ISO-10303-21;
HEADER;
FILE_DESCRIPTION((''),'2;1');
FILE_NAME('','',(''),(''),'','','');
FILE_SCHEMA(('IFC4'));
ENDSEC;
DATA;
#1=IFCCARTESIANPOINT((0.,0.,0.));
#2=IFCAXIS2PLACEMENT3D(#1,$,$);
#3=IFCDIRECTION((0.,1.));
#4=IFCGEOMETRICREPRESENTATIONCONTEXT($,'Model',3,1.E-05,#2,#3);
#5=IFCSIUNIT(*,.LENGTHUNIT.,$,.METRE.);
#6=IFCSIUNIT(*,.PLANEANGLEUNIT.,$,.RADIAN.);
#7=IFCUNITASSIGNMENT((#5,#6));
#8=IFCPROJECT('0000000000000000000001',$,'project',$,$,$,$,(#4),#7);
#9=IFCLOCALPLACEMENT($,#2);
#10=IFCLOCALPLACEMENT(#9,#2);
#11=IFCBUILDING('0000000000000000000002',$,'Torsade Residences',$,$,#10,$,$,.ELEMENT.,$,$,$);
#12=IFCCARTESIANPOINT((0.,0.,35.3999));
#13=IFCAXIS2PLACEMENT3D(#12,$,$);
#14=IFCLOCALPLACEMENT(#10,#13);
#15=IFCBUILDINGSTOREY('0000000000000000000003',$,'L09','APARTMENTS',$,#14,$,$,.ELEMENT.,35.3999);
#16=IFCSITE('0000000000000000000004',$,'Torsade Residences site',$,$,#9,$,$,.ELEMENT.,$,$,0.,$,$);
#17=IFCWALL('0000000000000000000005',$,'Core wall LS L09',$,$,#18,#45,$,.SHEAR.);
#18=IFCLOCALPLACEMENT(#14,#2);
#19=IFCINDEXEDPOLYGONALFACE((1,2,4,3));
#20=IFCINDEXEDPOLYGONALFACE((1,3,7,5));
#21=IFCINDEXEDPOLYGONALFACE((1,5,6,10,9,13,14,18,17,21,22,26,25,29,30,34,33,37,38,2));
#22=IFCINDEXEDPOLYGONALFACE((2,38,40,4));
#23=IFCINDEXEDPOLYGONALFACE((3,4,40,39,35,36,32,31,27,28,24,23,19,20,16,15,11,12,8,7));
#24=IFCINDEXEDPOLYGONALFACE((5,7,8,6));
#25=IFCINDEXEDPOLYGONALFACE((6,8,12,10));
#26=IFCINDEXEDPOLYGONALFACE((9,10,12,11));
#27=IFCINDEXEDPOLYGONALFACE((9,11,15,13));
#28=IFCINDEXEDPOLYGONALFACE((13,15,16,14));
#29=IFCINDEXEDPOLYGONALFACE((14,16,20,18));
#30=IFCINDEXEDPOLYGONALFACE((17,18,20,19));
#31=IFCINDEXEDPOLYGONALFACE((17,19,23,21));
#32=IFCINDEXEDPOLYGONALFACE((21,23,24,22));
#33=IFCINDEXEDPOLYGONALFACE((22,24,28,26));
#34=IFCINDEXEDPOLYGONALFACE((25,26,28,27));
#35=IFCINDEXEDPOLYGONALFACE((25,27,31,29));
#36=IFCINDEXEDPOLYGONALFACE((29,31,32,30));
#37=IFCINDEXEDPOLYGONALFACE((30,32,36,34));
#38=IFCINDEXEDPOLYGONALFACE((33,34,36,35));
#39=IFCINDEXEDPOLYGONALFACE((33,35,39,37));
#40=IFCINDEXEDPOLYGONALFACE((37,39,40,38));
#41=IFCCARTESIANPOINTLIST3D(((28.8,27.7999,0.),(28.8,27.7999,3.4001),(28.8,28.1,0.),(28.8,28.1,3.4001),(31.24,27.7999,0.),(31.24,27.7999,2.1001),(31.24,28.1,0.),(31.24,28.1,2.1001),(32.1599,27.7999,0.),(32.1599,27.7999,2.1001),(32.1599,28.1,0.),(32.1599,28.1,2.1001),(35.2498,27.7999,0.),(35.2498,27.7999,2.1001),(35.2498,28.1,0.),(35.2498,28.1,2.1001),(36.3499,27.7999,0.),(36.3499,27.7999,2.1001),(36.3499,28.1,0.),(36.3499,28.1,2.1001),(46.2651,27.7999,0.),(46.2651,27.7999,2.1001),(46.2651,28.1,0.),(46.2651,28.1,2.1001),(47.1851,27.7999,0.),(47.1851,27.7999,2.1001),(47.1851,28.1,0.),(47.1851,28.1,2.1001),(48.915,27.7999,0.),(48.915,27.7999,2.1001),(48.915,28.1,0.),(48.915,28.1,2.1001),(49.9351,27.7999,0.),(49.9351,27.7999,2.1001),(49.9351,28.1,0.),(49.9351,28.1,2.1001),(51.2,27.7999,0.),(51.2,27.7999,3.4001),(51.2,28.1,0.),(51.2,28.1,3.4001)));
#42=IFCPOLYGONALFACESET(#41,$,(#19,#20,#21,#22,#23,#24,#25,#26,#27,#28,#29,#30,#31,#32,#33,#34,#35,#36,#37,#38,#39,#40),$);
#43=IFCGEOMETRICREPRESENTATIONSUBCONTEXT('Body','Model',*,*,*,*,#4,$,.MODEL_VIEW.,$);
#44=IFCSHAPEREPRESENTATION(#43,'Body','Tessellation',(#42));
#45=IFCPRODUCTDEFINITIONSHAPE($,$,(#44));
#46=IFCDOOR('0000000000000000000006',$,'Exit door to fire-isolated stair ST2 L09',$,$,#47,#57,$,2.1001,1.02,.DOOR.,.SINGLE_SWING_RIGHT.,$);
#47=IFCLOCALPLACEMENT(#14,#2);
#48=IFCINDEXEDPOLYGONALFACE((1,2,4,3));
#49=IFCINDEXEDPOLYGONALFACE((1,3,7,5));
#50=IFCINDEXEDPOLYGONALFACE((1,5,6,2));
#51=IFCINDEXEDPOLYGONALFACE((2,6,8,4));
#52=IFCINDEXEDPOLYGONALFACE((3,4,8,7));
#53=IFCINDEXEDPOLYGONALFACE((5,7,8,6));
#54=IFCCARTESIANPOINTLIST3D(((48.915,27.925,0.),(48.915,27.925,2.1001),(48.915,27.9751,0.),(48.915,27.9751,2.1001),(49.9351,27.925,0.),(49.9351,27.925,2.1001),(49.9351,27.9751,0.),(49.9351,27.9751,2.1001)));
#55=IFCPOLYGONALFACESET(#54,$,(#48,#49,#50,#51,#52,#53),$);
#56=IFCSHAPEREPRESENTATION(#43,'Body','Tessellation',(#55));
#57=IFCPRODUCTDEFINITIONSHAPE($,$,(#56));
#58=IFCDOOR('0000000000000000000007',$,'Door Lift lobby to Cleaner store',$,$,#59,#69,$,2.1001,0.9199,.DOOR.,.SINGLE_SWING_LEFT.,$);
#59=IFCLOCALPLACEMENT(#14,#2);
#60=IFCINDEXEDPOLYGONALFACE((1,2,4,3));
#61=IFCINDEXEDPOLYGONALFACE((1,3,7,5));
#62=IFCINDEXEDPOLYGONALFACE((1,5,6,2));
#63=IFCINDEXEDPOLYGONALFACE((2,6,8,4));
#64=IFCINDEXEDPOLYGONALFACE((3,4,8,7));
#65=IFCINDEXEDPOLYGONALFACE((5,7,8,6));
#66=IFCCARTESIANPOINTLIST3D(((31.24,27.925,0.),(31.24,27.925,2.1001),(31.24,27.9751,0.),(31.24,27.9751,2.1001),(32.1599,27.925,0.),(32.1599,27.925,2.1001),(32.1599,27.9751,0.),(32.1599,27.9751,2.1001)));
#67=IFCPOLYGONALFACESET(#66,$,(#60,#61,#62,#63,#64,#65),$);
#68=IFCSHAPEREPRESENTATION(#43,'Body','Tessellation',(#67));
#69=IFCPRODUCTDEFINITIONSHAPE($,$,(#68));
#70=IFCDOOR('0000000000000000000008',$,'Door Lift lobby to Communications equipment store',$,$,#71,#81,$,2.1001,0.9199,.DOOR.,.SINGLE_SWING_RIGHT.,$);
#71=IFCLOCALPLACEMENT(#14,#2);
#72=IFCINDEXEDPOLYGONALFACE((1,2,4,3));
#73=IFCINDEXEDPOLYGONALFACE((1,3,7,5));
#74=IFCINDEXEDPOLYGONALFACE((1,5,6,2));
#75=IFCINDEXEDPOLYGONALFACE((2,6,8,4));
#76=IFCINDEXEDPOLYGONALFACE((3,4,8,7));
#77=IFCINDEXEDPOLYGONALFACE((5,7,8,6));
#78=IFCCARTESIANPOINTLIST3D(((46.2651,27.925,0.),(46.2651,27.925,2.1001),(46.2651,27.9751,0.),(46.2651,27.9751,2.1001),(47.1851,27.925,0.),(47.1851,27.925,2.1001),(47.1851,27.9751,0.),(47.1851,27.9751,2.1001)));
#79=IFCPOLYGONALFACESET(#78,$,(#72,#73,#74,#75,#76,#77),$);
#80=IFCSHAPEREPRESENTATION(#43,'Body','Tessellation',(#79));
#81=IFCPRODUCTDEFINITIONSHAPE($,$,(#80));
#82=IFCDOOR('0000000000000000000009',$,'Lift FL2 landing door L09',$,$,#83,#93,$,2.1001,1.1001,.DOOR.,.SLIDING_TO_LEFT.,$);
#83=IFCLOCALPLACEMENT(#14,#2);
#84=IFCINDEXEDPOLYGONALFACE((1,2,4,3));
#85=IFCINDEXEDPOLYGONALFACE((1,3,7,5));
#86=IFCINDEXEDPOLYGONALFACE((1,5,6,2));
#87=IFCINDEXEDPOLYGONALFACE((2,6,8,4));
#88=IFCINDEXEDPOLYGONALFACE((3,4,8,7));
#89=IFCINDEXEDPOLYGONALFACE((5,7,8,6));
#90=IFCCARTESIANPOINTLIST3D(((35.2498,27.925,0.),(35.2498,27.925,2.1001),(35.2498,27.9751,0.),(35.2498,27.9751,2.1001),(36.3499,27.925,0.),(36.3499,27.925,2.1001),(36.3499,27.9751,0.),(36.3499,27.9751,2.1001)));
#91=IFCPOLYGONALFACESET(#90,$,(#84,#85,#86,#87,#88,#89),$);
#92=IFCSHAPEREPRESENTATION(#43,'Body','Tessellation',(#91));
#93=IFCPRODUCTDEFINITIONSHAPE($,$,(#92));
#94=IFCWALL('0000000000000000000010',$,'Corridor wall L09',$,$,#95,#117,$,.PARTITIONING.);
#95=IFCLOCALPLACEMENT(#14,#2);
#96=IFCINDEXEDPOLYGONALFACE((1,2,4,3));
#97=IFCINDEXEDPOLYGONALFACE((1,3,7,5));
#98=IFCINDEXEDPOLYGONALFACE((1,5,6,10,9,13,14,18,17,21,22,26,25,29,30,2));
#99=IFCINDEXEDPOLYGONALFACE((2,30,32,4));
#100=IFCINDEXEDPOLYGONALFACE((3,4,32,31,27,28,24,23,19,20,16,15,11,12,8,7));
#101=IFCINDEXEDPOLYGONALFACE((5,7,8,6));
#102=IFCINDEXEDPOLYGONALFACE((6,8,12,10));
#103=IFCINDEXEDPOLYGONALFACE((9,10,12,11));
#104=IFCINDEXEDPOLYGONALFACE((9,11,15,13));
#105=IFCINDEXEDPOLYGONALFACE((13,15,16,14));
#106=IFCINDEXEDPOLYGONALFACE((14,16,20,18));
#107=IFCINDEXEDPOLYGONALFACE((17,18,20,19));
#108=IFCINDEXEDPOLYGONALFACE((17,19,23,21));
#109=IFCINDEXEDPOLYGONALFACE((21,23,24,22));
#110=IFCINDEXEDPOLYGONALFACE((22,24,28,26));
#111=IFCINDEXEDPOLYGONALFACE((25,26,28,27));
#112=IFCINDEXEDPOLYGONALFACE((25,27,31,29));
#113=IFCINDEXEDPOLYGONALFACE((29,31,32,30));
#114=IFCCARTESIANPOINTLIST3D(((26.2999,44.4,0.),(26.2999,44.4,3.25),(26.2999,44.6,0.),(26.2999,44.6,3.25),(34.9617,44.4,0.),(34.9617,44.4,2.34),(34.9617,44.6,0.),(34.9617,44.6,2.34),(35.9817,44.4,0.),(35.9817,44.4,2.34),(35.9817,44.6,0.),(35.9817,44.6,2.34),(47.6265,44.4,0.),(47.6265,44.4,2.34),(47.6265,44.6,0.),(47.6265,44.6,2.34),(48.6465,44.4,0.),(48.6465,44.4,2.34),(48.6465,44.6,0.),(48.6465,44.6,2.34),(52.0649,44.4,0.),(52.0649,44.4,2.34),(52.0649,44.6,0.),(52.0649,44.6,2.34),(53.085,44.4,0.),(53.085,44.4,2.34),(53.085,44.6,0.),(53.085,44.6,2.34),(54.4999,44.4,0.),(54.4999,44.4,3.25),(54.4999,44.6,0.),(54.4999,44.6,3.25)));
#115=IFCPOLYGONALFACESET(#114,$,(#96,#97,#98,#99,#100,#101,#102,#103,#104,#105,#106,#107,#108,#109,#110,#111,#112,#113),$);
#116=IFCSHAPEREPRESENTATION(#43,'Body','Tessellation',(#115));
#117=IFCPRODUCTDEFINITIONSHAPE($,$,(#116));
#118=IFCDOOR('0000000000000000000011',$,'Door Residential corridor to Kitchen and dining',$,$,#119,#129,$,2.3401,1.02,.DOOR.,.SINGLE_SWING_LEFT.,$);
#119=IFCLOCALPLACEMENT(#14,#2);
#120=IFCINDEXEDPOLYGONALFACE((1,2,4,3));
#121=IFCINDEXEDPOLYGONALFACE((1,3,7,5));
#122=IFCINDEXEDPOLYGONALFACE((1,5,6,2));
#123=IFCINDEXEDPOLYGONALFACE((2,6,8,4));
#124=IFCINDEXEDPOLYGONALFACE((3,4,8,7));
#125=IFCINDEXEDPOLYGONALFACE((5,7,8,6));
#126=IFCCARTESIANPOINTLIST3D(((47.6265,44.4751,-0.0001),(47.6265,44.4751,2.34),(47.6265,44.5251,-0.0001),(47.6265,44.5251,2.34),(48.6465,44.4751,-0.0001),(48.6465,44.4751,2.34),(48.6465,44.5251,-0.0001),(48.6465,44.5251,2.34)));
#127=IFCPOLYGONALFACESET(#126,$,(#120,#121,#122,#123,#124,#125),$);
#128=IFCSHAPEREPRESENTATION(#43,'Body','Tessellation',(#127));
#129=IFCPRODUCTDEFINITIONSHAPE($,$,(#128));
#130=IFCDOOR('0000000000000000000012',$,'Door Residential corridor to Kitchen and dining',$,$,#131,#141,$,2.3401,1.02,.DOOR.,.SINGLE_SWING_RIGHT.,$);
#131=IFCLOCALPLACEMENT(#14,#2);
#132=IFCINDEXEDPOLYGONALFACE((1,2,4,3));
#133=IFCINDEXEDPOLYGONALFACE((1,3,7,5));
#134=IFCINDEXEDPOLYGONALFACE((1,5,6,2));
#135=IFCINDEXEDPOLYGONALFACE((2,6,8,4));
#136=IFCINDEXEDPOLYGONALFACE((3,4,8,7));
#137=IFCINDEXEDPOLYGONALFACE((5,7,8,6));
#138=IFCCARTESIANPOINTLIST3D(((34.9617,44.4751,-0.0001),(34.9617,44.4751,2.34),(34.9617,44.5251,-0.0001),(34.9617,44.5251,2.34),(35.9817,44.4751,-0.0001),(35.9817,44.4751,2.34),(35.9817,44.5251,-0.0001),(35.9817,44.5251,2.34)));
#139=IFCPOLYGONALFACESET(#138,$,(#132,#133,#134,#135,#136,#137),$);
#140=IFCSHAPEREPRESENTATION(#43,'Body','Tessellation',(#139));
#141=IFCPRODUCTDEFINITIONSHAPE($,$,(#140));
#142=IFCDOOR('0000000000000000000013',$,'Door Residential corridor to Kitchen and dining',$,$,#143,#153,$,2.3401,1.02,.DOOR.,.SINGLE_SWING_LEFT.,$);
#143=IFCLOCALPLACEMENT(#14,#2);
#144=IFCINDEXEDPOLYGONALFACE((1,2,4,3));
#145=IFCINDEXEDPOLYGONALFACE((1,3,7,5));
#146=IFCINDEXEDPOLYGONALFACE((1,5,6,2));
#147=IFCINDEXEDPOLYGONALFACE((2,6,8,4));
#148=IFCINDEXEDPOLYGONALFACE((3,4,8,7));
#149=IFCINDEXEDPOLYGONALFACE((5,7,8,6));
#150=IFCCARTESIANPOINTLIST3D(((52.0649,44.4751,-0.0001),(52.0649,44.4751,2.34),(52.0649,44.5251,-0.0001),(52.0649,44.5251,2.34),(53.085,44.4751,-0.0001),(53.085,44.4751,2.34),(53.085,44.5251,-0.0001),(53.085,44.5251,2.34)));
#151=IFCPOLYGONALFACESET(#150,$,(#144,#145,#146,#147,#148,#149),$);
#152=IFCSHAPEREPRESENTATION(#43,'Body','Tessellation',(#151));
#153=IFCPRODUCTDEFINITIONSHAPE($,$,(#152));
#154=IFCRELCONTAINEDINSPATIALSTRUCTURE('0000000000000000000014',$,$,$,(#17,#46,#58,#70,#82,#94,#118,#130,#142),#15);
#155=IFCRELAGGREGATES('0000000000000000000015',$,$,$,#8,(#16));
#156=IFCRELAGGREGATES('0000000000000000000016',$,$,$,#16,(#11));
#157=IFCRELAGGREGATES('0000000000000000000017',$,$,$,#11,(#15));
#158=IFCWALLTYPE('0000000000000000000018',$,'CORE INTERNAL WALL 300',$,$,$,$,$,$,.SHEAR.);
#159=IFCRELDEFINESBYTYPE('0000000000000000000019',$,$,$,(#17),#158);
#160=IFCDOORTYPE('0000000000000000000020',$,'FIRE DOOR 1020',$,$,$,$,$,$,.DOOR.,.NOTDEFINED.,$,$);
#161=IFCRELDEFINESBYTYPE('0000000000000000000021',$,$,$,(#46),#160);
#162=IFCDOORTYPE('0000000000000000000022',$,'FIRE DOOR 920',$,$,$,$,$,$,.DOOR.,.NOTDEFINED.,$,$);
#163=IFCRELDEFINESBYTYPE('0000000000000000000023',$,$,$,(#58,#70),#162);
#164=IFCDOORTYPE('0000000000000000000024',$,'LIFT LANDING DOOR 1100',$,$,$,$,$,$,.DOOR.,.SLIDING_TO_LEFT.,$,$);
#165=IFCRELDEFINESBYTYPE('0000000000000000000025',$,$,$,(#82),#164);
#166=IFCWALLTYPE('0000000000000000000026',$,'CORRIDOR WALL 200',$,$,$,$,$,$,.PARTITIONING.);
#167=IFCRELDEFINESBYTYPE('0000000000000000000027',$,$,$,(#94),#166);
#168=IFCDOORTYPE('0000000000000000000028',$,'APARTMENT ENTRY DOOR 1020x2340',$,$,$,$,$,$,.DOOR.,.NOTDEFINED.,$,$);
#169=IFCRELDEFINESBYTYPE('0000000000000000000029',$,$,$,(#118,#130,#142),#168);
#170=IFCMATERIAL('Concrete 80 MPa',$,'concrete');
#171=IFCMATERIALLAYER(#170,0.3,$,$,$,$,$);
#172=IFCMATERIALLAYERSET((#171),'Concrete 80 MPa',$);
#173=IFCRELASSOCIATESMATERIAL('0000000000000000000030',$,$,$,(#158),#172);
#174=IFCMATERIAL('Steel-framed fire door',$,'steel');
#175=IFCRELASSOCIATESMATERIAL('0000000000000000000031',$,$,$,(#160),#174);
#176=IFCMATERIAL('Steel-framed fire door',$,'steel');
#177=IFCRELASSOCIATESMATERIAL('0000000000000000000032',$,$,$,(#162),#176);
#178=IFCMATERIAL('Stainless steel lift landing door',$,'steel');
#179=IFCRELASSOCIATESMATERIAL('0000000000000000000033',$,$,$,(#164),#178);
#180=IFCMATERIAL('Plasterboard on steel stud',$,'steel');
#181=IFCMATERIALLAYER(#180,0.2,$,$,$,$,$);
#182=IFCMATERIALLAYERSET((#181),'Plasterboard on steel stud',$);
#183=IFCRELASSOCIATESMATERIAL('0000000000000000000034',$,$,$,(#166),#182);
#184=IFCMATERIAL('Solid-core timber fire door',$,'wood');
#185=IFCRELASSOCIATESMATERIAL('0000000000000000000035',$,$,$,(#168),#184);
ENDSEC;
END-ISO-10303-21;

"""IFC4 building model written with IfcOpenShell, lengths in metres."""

from ifc_helpers import new_model, si_unit, direction, frame, frame_2d, origin, place, context, subcontext, project, spatial, rectangle, extrude, material, layer, layer_set, type_object, element, fill, save


model = new_model("IFC4")

# Units and contexts
model_context = context("Model", 3, precision=1e-05, world=origin(), true_north=direction((0.0, 1.0)))
body_context = subcontext(model_context, "Body", "Model", "MODEL_VIEW")
ifc_project = project(units=[si_unit("LENGTHUNIT", "METRE"), si_unit("PLANEANGLEUNIT", "RADIAN")], contexts=[model_context])

# Site, building, storey
site_placement = place(None, origin())
site = spatial("IfcSite", under=ifc_project, at=site_placement, Name="Torsade Residences site", CompositionType="ELEMENT", RefElevation=0.0)
building_placement = place(site_placement, origin())
building = spatial("IfcBuilding", under=site, at=building_placement, Name="Torsade Residences", CompositionType="ELEMENT")
storey_placement = place(building_placement, frame((0.0, 0.0, 35.3999)))
storey = spatial("IfcBuildingStorey", under=building, at=storey_placement, Name="L09", Description="APARTMENTS", CompositionType="ELEMENT", Elevation=35.3999)

# Walls, openings, doors
ifc_material_1 = material(Name="Concrete 80 MPa", Category="concrete")
ifc_layer_1 = layer(ifc_material_1, 0.3)
ifc_layer_set_1 = layer_set([ifc_layer_1], Name="Concrete 80 MPa")
wall_type_1 = type_object("IfcWallType", Name="CORE INTERNAL WALL 300", PredefinedType="SHEAR", material=ifc_layer_set_1)
wall_1_placement = place(storey_placement, frame((51.2, 27.95, 0.0), z_axis=(0.0, 0.0, 1.0), x_axis=(-1.0, 0.0, 0.0)))
wall_1 = element("IfcWall", 1, at=wall_1_placement, inside=storey, type_object=wall_type_1, Name="Core wall LS L09", PredefinedType="SHEAR", context=body_context, shape_type="SweptSolid", body=[
    extrude(rectangle(XDim=22.3999, YDim=0.3, at=frame_2d((11.2, 0.0))), origin(), (0.0, 0.0, 1.0), 3.4001),
])
opening_1_placement = place(wall_1_placement, frame((19.04, 0.0, 0.0)))
opening_1 = element("IfcOpeningElement", 2, at=opening_1_placement, cuts=wall_1, PredefinedType="OPENING", context=body_context, shape_type="SweptSolid", body=[
    extrude(rectangle(XDim=0.9199, YDim=2.1001, at=frame_2d((0.46, 1.05))), frame((0.0, 0.1599, 0.0), z_axis=(0.0, -1.0, 0.0), x_axis=(1.0, 0.0, 0.0)), (0.0, 0.0, 1.0), 0.3201),
])
opening_2_placement = place(wall_1_placement, frame((1.2649, 0.0, 0.0)))
opening_2 = element("IfcOpeningElement", 3, at=opening_2_placement, cuts=wall_1, PredefinedType="OPENING", context=body_context, shape_type="SweptSolid", body=[
    extrude(rectangle(XDim=1.02, YDim=2.1001, at=frame_2d((0.51, 1.05))), frame((0.0, 0.1599, 0.0), z_axis=(0.0, -1.0, 0.0), x_axis=(1.0, 0.0, 0.0)), (0.0, 0.0, 1.0), 0.3201),
])
opening_3_placement = place(wall_1_placement, frame((4.0149, 0.0, 0.0)))
opening_3 = element("IfcOpeningElement", 4, at=opening_3_placement, cuts=wall_1, PredefinedType="OPENING", context=body_context, shape_type="SweptSolid", body=[
    extrude(rectangle(XDim=0.9199, YDim=2.1001, at=frame_2d((0.46, 1.05))), frame((0.0, 0.1599, 0.0), z_axis=(0.0, -1.0, 0.0), x_axis=(1.0, 0.0, 0.0)), (0.0, 0.0, 1.0), 0.3201),
])
opening_4_placement = place(wall_1_placement, frame((14.8501, 0.0, 0.0)))
opening_4 = element("IfcOpeningElement", 5, at=opening_4_placement, cuts=wall_1, PredefinedType="OPENING", context=body_context, shape_type="SweptSolid", body=[
    extrude(rectangle(XDim=1.1001, YDim=2.1001, at=frame_2d((0.55, 1.05))), frame((0.0, 0.1599, 0.0), z_axis=(0.0, -1.0, 0.0), x_axis=(1.0, 0.0, 0.0)), (0.0, 0.0, 1.0), 0.3201),
])
ifc_material_2 = material(Name="Steel-framed fire door", Category="steel")
door_type_1 = type_object("IfcDoorType", Name="FIRE DOOR 1020", OperationType="NOTDEFINED", PredefinedType="DOOR", material=ifc_material_2)
door_1_placement = place(opening_2_placement, origin())
door_1 = element("IfcDoor", 6, at=door_1_placement, inside=storey, type_object=door_type_1, Name="Exit door to fire-isolated stair ST2 L09", OperationType="SINGLE_SWING_RIGHT", OverallHeight=2.1001, OverallWidth=1.02, PredefinedType="DOOR", context=body_context, shape_type="SweptSolid", body=[
    extrude(rectangle(XDim=1.02, YDim=2.1001, at=frame_2d((0.51, 1.05))), frame((0.0, 0.0249, 0.0), z_axis=(0.0, -1.0, 0.0), x_axis=(1.0, 0.0, 0.0)), (0.0, 0.0, 1.0), 0.05),
])
fill(opening_2, door_1)
ifc_material_3 = material(Name="Steel-framed fire door", Category="steel")
door_type_2 = type_object("IfcDoorType", Name="FIRE DOOR 920", OperationType="NOTDEFINED", PredefinedType="DOOR", material=ifc_material_3)
door_2_placement = place(opening_1_placement, origin())
door_2 = element("IfcDoor", 7, at=door_2_placement, inside=storey, type_object=door_type_2, Name="Door Lift lobby to Cleaner store", OperationType="SINGLE_SWING_LEFT", OverallHeight=2.1001, OverallWidth=0.9199, PredefinedType="DOOR", context=body_context, shape_type="SweptSolid", body=[
    extrude(rectangle(XDim=0.9199, YDim=2.1001, at=frame_2d((0.46, 1.05))), frame((0.0, 0.0249, 0.0), z_axis=(0.0, -1.0, 0.0), x_axis=(1.0, 0.0, 0.0)), (0.0, 0.0, 1.0), 0.05),
])
fill(opening_1, door_2)
door_3_placement = place(opening_3_placement, origin())
door_3 = element("IfcDoor", 8, at=door_3_placement, inside=storey, type_object=door_type_2, Name="Door Lift lobby to Communications equipment store", OperationType="SINGLE_SWING_RIGHT", OverallHeight=2.1001, OverallWidth=0.9199, PredefinedType="DOOR", context=body_context, shape_type="SweptSolid", body=[
    extrude(rectangle(XDim=0.9199, YDim=2.1001, at=frame_2d((0.46, 1.05))), frame((0.0, 0.0249, 0.0), z_axis=(0.0, -1.0, 0.0), x_axis=(1.0, 0.0, 0.0)), (0.0, 0.0, 1.0), 0.05),
])
fill(opening_3, door_3)
ifc_material_4 = material(Name="Stainless steel lift landing door", Category="steel")
door_type_3 = type_object("IfcDoorType", Name="LIFT LANDING DOOR 1100", OperationType="SLIDING_TO_LEFT", PredefinedType="DOOR", material=ifc_material_4)
door_4_placement = place(opening_4_placement, origin())
door_4 = element("IfcDoor", 9, at=door_4_placement, inside=storey, type_object=door_type_3, Name="Lift FL2 landing door L09", OperationType="SLIDING_TO_LEFT", OverallHeight=2.1001, OverallWidth=1.1001, PredefinedType="DOOR", context=body_context, shape_type="SweptSolid", body=[
    extrude(rectangle(XDim=1.1001, YDim=2.1001, at=frame_2d((0.55, 1.05))), frame((0.0, 0.0249, 0.0), z_axis=(0.0, -1.0, 0.0), x_axis=(1.0, 0.0, 0.0)), (0.0, 0.0, 1.0), 0.05),
])
fill(opening_4, door_4)
ifc_material_5 = material(Name="Plasterboard on steel stud", Category="steel")
ifc_layer_2 = layer(ifc_material_5, 0.2)
ifc_layer_set_2 = layer_set([ifc_layer_2], Name="Plasterboard on steel stud")
wall_type_2 = type_object("IfcWallType", Name="CORRIDOR WALL 200", PredefinedType="PARTITIONING", material=ifc_layer_set_2)
wall_2_placement = place(storey_placement, frame((54.5, 44.5, 0.0), z_axis=(0.0, 0.0, 1.0), x_axis=(-1.0, 0.0, 0.0)))
wall_2 = element("IfcWall", 10, at=wall_2_placement, inside=storey, type_object=wall_type_2, Name="Corridor wall L09", PredefinedType="PARTITIONING", context=body_context, shape_type="SweptSolid", body=[
    extrude(rectangle(XDim=28.2, YDim=0.2, at=frame_2d((14.1001, 0.0))), origin(), (0.0, 0.0, 1.0), 3.25),
])
opening_5_placement = place(wall_2_placement, frame((5.8535, 0.0, 0.0)))
opening_5 = element("IfcOpeningElement", 11, at=opening_5_placement, cuts=wall_2, PredefinedType="OPENING", context=body_context, shape_type="SweptSolid", body=[
    extrude(rectangle(XDim=1.02, YDim=2.3401, at=frame_2d((0.51, 1.1699))), frame((0.0, 0.1099, 0.0), z_axis=(0.0, -1.0, 0.0), x_axis=(1.0, 0.0, 0.0)), (0.0, 0.0, 1.0), 0.22),
])
opening_6_placement = place(wall_2_placement, frame((18.5183, 0.0, 0.0)))
opening_6 = element("IfcOpeningElement", 12, at=opening_6_placement, cuts=wall_2, PredefinedType="OPENING", context=body_context, shape_type="SweptSolid", body=[
    extrude(rectangle(XDim=1.02, YDim=2.3401, at=frame_2d((0.51, 1.1699))), frame((0.0, 0.1099, 0.0), z_axis=(0.0, -1.0, 0.0), x_axis=(1.0, 0.0, 0.0)), (0.0, 0.0, 1.0), 0.22),
])
opening_7_placement = place(wall_2_placement, frame((1.415, 0.0, 0.0)))
opening_7 = element("IfcOpeningElement", 13, at=opening_7_placement, cuts=wall_2, PredefinedType="OPENING", context=body_context, shape_type="SweptSolid", body=[
    extrude(rectangle(XDim=1.02, YDim=2.3401, at=frame_2d((0.51, 1.1699))), frame((0.0, 0.1099, 0.0), z_axis=(0.0, -1.0, 0.0), x_axis=(1.0, 0.0, 0.0)), (0.0, 0.0, 1.0), 0.22),
])
ifc_material_6 = material(Name="Solid-core timber fire door", Category="wood")
door_type_4 = type_object("IfcDoorType", Name="APARTMENT ENTRY DOOR 1020x2340", OperationType="NOTDEFINED", PredefinedType="DOOR", material=ifc_material_6)
door_5_placement = place(opening_5_placement, origin())
door_5 = element("IfcDoor", 14, at=door_5_placement, inside=storey, type_object=door_type_4, Name="Door Residential corridor to Kitchen and dining", OperationType="SINGLE_SWING_LEFT", OverallHeight=2.3401, OverallWidth=1.02, PredefinedType="DOOR", context=body_context, shape_type="SweptSolid", body=[
    extrude(rectangle(XDim=1.02, YDim=2.3401, at=frame_2d((0.51, 1.1699))), frame((0.0, 0.0249, 0.0), z_axis=(0.0, -1.0, 0.0), x_axis=(1.0, 0.0, 0.0)), (0.0, 0.0, 1.0), 0.05),
])
fill(opening_5, door_5)
door_6_placement = place(opening_6_placement, origin())
door_6 = element("IfcDoor", 15, at=door_6_placement, inside=storey, type_object=door_type_4, Name="Door Residential corridor to Kitchen and dining", OperationType="SINGLE_SWING_RIGHT", OverallHeight=2.3401, OverallWidth=1.02, PredefinedType="DOOR", context=body_context, shape_type="SweptSolid", body=[
    extrude(rectangle(XDim=1.02, YDim=2.3401, at=frame_2d((0.51, 1.1699))), frame((0.0, 0.0249, 0.0), z_axis=(0.0, -1.0, 0.0), x_axis=(1.0, 0.0, 0.0)), (0.0, 0.0, 1.0), 0.05),
])
fill(opening_6, door_6)
door_7_placement = place(opening_7_placement, origin())
door_7 = element("IfcDoor", 16, at=door_7_placement, inside=storey, type_object=door_type_4, Name="Door Residential corridor to Kitchen and dining", OperationType="SINGLE_SWING_LEFT", OverallHeight=2.3401, OverallWidth=1.02, PredefinedType="DOOR", context=body_context, shape_type="SweptSolid", body=[
    extrude(rectangle(XDim=1.02, YDim=2.3401, at=frame_2d((0.51, 1.1699))), frame((0.0, 0.0249, 0.0), z_axis=(0.0, -1.0, 0.0), x_axis=(1.0, 0.0, 0.0)), (0.0, 0.0, 1.0), 0.05),
])
fill(opening_7, door_7)

save(model, "model.ifc")
